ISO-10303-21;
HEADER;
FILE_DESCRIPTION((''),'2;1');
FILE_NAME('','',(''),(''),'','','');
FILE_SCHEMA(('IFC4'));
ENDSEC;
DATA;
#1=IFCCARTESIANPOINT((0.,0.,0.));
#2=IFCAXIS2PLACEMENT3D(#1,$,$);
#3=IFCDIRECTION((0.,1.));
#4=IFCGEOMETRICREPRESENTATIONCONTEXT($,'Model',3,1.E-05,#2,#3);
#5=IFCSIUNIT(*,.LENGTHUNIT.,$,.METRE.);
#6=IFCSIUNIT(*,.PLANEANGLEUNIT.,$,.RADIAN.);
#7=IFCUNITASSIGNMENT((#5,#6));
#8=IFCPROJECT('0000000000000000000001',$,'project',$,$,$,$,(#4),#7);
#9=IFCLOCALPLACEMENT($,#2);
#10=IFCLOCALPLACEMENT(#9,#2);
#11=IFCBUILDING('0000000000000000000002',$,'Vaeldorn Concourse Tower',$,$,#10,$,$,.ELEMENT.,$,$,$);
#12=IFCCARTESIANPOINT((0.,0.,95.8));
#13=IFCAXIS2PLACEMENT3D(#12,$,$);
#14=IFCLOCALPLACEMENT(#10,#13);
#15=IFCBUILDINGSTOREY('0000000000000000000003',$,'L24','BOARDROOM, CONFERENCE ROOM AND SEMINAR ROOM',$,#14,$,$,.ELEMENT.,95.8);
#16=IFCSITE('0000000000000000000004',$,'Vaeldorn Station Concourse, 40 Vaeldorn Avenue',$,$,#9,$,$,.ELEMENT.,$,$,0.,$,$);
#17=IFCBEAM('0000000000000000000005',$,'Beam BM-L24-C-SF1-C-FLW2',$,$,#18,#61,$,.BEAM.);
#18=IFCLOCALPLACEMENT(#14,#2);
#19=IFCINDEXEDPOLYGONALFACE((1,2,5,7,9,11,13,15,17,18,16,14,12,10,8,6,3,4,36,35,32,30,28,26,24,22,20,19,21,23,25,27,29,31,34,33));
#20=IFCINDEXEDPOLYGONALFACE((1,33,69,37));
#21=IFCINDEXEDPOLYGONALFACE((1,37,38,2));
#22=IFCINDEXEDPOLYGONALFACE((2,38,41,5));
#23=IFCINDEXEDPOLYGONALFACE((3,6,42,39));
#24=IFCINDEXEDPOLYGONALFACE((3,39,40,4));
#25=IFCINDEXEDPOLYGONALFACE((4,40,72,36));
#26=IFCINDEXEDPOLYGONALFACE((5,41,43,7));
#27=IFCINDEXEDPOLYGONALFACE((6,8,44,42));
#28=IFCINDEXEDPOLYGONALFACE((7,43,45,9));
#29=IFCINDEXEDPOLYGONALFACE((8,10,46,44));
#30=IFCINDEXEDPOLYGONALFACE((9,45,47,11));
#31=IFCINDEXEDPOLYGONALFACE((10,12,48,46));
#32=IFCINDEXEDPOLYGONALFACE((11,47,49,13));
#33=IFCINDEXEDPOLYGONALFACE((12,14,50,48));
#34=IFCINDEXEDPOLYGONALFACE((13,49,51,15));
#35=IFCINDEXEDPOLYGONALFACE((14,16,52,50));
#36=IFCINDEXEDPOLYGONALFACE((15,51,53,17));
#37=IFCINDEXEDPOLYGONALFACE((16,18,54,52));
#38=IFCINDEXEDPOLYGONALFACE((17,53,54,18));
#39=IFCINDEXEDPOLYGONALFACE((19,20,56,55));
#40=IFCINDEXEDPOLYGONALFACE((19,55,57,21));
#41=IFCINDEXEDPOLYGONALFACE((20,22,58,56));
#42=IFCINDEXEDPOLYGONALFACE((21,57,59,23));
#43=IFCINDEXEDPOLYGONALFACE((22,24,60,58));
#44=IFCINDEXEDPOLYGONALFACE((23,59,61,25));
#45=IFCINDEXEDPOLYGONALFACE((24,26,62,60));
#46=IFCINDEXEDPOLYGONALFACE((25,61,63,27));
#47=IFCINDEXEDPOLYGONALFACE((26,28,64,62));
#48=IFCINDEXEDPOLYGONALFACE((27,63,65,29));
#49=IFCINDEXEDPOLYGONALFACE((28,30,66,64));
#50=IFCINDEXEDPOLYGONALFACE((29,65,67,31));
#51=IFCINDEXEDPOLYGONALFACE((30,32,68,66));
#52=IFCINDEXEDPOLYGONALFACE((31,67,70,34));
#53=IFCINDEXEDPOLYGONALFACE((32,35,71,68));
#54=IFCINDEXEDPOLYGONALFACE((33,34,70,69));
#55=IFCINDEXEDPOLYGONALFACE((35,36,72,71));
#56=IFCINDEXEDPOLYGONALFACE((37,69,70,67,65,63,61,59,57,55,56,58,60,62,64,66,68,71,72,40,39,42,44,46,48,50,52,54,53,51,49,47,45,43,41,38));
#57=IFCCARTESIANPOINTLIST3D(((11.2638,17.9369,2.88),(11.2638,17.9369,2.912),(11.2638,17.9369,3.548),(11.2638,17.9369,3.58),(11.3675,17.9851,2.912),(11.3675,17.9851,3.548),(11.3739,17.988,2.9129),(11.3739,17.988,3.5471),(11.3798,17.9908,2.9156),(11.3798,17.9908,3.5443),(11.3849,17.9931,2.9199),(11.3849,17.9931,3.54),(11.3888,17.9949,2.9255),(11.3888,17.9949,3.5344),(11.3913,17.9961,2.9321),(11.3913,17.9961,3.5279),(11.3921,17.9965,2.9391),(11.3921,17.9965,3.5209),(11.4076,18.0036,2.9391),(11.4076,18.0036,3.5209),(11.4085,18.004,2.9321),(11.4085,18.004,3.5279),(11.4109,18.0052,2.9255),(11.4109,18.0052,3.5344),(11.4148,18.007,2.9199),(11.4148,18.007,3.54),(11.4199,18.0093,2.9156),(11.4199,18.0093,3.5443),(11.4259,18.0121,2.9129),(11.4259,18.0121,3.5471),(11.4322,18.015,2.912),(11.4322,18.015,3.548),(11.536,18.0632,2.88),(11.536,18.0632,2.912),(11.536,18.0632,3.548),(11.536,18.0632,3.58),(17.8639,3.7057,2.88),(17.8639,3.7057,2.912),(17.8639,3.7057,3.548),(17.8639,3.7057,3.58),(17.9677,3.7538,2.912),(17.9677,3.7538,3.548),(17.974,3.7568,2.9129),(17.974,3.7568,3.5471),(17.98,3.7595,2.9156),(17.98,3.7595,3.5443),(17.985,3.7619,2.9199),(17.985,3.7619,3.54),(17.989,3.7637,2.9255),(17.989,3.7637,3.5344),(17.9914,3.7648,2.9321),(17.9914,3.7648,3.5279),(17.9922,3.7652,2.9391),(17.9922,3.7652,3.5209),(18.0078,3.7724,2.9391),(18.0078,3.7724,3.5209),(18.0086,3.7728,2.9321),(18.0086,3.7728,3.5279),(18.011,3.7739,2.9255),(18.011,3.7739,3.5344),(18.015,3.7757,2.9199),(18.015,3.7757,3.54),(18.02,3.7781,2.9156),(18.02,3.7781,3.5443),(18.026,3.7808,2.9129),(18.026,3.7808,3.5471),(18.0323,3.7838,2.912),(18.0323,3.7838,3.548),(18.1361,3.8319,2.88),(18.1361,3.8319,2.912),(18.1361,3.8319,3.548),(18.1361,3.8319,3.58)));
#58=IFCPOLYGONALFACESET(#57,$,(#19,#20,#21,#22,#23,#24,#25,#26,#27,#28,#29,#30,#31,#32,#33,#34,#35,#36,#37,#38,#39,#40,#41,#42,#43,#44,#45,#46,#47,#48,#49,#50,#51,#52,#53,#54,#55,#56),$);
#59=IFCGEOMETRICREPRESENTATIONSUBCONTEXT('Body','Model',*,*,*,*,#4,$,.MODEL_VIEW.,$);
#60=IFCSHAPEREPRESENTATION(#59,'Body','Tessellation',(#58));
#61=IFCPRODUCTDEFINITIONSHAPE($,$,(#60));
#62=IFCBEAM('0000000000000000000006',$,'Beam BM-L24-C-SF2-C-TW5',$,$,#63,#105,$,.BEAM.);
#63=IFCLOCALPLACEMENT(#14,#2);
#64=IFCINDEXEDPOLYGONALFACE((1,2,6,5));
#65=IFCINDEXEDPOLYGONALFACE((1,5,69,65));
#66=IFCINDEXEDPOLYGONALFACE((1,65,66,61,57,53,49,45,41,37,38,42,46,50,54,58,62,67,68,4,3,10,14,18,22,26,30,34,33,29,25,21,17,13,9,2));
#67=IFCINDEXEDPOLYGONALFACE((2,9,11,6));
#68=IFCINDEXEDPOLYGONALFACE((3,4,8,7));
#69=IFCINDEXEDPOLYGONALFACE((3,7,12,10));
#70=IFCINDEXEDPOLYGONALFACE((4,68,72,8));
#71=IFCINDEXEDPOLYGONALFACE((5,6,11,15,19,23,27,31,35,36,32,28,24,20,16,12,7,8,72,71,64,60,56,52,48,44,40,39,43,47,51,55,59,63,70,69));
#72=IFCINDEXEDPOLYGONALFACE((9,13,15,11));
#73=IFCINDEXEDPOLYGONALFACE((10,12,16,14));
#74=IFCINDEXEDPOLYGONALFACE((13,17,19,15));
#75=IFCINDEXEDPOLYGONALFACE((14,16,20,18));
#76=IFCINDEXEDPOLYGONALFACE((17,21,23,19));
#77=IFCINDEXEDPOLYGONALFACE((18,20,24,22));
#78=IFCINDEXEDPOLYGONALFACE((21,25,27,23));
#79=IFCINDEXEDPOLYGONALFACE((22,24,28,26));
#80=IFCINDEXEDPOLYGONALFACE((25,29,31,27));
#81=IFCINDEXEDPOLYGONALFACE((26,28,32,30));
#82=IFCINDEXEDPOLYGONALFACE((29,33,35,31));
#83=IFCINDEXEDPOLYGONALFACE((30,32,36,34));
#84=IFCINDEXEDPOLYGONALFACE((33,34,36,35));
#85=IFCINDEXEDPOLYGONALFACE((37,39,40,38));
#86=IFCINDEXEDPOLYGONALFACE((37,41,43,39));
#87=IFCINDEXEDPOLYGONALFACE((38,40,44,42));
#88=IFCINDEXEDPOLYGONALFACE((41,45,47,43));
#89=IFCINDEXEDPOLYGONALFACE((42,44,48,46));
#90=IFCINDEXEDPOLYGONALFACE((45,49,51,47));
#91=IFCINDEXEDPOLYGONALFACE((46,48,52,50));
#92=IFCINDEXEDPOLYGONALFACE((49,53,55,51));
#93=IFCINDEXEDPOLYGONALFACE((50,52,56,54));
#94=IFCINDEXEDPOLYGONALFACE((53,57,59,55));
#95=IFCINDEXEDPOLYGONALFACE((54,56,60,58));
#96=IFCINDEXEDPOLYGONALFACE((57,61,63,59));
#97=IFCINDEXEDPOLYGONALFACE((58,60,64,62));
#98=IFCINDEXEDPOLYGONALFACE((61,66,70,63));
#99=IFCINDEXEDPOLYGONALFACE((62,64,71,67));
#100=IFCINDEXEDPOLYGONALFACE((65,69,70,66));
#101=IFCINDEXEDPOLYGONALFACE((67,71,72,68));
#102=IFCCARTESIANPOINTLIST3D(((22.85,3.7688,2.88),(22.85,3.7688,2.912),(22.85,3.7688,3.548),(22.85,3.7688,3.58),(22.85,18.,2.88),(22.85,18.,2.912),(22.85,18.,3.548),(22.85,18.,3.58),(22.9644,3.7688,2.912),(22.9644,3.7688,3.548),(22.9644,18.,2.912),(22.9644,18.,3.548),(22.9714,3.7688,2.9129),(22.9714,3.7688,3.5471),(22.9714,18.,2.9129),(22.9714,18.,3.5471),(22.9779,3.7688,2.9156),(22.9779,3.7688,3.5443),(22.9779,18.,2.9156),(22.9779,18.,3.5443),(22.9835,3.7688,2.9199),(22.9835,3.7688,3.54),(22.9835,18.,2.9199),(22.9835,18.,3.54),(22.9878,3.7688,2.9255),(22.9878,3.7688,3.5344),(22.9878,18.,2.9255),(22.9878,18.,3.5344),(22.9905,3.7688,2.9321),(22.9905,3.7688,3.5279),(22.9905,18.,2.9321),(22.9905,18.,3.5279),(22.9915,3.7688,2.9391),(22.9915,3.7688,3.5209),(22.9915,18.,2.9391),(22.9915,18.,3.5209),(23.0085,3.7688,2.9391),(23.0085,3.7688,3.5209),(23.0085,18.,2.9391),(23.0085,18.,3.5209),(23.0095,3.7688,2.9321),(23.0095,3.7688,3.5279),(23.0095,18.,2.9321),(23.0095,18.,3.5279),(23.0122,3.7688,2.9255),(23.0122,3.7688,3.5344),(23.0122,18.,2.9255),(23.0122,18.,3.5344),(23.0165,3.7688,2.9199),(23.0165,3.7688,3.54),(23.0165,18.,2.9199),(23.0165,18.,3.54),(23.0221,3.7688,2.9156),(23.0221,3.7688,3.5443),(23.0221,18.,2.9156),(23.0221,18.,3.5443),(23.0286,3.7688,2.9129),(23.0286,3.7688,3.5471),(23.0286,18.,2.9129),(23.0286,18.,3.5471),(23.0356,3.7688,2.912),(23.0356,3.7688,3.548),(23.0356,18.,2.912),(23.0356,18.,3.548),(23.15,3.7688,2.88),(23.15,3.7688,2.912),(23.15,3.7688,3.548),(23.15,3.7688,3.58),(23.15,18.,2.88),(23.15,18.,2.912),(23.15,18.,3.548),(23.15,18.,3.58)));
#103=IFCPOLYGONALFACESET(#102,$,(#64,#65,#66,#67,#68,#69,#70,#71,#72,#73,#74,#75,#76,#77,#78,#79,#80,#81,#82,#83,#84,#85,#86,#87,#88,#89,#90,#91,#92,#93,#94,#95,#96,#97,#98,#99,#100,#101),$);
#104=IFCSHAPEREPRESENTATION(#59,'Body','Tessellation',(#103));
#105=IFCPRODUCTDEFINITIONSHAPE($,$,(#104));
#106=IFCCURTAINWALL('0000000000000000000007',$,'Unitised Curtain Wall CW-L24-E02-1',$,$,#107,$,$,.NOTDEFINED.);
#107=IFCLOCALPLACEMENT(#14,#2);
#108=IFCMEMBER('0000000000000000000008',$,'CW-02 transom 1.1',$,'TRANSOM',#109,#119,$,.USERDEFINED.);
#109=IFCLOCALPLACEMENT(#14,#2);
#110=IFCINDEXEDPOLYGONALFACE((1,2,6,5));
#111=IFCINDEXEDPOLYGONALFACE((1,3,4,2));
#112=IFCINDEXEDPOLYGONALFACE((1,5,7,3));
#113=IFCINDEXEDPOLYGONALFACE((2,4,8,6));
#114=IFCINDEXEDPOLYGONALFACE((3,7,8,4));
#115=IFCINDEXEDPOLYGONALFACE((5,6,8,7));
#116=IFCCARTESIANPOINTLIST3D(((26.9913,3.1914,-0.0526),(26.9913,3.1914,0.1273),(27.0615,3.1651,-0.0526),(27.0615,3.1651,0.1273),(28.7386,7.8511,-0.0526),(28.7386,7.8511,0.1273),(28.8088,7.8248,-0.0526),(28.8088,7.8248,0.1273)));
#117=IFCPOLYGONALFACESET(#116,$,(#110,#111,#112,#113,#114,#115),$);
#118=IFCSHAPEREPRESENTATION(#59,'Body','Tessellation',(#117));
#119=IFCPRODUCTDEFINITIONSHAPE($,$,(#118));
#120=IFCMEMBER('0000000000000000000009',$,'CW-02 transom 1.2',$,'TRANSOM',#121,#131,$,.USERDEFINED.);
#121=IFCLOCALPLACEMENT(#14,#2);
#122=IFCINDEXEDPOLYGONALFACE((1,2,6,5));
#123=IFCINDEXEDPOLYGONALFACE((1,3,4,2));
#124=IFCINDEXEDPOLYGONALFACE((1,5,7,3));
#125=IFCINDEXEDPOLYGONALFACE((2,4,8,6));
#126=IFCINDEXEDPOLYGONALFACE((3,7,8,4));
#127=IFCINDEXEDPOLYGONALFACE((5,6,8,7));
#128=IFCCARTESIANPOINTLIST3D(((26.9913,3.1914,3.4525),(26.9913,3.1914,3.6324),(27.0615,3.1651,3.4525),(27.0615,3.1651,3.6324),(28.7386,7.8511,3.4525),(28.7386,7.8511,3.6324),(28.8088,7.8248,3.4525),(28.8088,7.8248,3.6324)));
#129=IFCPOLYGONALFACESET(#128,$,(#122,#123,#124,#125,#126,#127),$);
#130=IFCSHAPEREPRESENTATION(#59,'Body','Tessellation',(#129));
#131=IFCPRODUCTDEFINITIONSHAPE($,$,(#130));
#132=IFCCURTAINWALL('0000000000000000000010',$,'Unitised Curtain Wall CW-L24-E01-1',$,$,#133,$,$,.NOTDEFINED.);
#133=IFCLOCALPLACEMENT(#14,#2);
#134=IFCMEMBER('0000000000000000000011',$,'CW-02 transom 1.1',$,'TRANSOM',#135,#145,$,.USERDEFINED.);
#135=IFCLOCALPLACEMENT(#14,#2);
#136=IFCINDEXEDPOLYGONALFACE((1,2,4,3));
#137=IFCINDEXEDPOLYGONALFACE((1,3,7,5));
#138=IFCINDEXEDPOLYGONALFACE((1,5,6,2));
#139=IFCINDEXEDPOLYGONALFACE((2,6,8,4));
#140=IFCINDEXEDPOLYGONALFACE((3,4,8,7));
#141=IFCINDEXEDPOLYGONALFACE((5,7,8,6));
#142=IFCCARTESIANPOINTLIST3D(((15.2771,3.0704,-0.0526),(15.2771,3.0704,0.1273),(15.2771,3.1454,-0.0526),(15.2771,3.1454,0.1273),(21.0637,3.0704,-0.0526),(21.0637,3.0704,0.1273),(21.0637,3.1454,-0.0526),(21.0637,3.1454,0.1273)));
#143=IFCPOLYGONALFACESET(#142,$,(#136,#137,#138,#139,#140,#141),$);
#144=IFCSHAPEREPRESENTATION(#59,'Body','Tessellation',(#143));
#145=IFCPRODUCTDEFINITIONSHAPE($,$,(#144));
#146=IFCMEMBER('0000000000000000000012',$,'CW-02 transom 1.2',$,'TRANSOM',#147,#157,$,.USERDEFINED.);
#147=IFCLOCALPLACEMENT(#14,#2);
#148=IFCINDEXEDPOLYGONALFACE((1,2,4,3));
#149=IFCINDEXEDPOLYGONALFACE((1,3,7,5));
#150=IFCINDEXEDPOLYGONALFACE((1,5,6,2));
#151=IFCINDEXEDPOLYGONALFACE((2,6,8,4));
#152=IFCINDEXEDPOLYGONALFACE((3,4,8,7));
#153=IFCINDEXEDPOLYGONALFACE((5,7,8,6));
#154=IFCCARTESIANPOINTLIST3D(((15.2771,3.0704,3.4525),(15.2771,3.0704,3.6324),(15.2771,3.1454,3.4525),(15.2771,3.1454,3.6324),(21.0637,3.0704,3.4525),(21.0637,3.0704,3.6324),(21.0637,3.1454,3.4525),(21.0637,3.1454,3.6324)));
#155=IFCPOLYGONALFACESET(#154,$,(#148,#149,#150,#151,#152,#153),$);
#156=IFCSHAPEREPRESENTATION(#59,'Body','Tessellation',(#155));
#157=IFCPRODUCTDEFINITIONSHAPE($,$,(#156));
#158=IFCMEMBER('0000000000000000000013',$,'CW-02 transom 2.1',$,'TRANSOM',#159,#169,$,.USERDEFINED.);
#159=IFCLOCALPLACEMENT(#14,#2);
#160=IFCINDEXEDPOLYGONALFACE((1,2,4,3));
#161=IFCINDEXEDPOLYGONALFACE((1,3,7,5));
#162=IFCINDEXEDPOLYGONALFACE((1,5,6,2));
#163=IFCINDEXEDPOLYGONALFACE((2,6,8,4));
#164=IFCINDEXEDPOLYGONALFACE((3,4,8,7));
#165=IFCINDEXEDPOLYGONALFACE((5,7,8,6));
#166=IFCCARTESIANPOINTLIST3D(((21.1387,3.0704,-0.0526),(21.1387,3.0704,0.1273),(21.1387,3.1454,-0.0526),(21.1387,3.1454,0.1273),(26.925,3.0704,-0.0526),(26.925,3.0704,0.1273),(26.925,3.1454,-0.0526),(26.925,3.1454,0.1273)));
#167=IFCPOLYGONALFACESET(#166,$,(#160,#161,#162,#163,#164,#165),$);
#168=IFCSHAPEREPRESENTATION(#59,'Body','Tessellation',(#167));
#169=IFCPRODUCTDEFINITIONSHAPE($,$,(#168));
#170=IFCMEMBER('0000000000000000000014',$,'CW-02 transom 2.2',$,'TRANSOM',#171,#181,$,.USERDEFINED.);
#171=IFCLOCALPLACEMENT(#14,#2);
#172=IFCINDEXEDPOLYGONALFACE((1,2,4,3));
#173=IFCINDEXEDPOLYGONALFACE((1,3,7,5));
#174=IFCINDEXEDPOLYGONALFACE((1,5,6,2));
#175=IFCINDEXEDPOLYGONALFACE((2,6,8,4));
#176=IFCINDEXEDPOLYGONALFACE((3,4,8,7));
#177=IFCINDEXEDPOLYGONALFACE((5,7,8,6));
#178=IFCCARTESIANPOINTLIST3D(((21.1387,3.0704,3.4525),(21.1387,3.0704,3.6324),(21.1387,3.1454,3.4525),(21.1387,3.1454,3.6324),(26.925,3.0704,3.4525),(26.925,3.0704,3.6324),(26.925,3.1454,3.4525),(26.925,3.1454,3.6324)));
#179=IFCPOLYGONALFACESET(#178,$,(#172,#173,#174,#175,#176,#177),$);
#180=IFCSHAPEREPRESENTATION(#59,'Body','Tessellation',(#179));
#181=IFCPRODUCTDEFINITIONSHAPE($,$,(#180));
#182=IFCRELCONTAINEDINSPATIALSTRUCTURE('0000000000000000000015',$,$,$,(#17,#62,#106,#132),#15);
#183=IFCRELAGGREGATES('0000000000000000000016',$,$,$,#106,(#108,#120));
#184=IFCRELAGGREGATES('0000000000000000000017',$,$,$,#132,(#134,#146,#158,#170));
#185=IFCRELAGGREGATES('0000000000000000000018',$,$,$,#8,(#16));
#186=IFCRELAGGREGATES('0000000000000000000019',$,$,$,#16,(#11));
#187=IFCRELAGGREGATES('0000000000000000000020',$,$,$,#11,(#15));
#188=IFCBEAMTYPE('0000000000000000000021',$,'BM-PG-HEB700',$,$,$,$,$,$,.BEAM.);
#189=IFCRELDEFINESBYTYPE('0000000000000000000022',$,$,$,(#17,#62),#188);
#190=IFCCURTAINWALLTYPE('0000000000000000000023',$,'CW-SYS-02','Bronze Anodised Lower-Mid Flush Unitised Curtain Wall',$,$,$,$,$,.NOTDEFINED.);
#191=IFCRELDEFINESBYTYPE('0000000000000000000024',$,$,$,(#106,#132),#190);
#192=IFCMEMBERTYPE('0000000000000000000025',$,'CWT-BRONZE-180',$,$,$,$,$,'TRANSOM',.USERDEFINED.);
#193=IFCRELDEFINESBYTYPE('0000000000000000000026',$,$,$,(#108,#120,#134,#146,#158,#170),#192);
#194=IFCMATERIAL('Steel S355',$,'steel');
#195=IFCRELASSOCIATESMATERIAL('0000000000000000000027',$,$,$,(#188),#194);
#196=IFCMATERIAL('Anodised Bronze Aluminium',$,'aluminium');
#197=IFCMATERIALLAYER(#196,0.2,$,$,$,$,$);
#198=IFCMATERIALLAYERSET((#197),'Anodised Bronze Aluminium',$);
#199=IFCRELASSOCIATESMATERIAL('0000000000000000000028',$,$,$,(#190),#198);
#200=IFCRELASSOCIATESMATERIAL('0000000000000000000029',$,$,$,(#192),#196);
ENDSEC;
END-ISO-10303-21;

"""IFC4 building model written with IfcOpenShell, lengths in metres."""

from ifc_helpers import new_model, si_unit, direction, frame, origin, origin_2d, place, context, subcontext, project, spatial, rectangle, i_section, extrude, source, transform, mapped, material, layer, layer_set, material_profile, profile_set, type_object, element, aggregate, save


model = new_model("IFC4")

# Units and contexts
model_context = context("Model", 3, precision=1e-05, world=origin(), true_north=direction((0.0, 1.0)))
body_context = subcontext(model_context, "Body", "Model", "MODEL_VIEW")
ifc_project = project(units=[si_unit("LENGTHUNIT", "METRE"), si_unit("PLANEANGLEUNIT", "RADIAN")], contexts=[model_context])

# Site, building, storey
site_placement = place(None, origin())
site = spatial("IfcSite", under=ifc_project, at=site_placement, Name="Vaeldorn Station Concourse, 40 Vaeldorn Avenue", CompositionType="ELEMENT", RefElevation=0.0)
building_placement = place(site_placement, origin())
building = spatial("IfcBuilding", under=site, at=building_placement, Name="Vaeldorn Concourse Tower", CompositionType="ELEMENT")
storey_placement = place(building_placement, frame((0.0, 0.0, 95.8)))
storey = spatial("IfcBuildingStorey", under=building, at=storey_placement, Name="L24", Description="BOARDROOM, CONFERENCE ROOM AND SEMINAR ROOM", CompositionType="ELEMENT", Elevation=95.8)

# Beams
ifc_material_1 = material(Name="Steel S355", Category="steel")
ifc_material_profile_1 = material_profile(ifc_material_1, i_section(OverallWidth=0.3, OverallDepth=0.7, WebThickness=0.0171, FlangeThickness=0.032, FilletRadius=0.0271, at=origin_2d()), Name="HEB 700")
ifc_profile_set_1 = profile_set([ifc_material_profile_1], Name="Steel S355")
beam_type_1 = type_object("IfcBeamType", Name="BM-PG-HEB700", PredefinedType="BEAM", material=ifc_profile_set_1)
shared_shape_1 = source(origin(), body_context, "Body", "SweptSolid", [
    extrude(i_section(OverallWidth=0.3, OverallDepth=0.7, WebThickness=0.0171, FlangeThickness=0.032, FilletRadius=0.0271, at=origin_2d()), origin(), (0.0, 0.0, 1.0), 15.6873),
])
beam_1_placement = place(storey_placement, frame((18.0, 3.7688, 3.23), z_axis=(-0.420731, 0.907185, 0.0), x_axis=(-0.907185, -0.420731, 0.0)))
element("IfcBeam", 1, at=beam_1_placement, inside=storey, type_object=beam_type_1, Name="Beam BM-L24-C-SF1-C-FLW2", PredefinedType="BEAM", context=body_context, shape_type="MappedRepresentation", body=[
    mapped(shared_shape_1, transform((0.0, 0.0, 0.0), scale=1.0)),
])
shared_shape_2 = source(origin(), body_context, "Body", "SweptSolid", [
    extrude(i_section(OverallWidth=0.3, OverallDepth=0.7, WebThickness=0.0171, FlangeThickness=0.032, FilletRadius=0.0271, at=origin_2d()), origin(), (0.0, 0.0, 1.0), 14.2312),
])
beam_2_placement = place(storey_placement, frame((23.0, 3.7688, 3.23), z_axis=(0.0, 1.0, 0.0), x_axis=(-1.0, 0.0, 0.0)))
element("IfcBeam", 2, at=beam_2_placement, inside=storey, type_object=beam_type_1, Name="Beam BM-L24-C-SF2-C-TW5", PredefinedType="BEAM", context=body_context, shape_type="MappedRepresentation", body=[
    mapped(shared_shape_2, transform((0.0, 0.0, 0.0), scale=1.0)),
])

# Curtain walls, members
ifc_material_2 = material(Name="Anodised Bronze Aluminium", Category="aluminium")
ifc_layer_1 = layer(ifc_material_2, 0.2)
ifc_layer_set_1 = layer_set([ifc_layer_1], Name="Anodised Bronze Aluminium")
curtain_wall_type = type_object("IfcCurtainWallType", Name="CW-SYS-02", Description="Bronze Anodised Lower-Mid Flush Unitised Curtain Wall", PredefinedType="NOTDEFINED", material=ifc_layer_set_1)
curtain_wall_1_placement = place(storey_placement, origin())
curtain_wall_1 = element("IfcCurtainWall", 3, at=curtain_wall_1_placement, inside=storey, type_object=curtain_wall_type, Name="Unitised Curtain Wall CW-L24-E02-1", PredefinedType="NOTDEFINED")
ifc_material_profile_2 = material_profile(ifc_material_2, rectangle(XDim=0.075, YDim=0.1799, at=origin_2d()), Name="CWT 75x180")
ifc_profile_set_2 = profile_set([ifc_material_profile_2], Name="Anodised Bronze Aluminium")
member_type_1 = type_object("IfcMemberType", Name="CWT-BRONZE-180", ElementType="TRANSOM", PredefinedType="USERDEFINED", material=ifc_profile_set_2)
shared_shape_3 = source(origin(), body_context, "Body", "SweptSolid", [
    extrude(rectangle(XDim=0.075, YDim=0.1799, at=origin_2d()), origin(), (0.0, 0.0, 1.0), 4.9766),
])
member_1_placement = place(storey_placement, frame((27.0264, 3.1782, 0.0374), z_axis=(0.351113, 0.936333, 0.0), x_axis=(-0.936333, 0.351113, 0.0)))
member_1 = element("IfcMember", 4, at=member_1_placement, type_object=member_type_1, Name="CW-02 transom 1.1", ObjectType="TRANSOM", PredefinedType="USERDEFINED", context=body_context, shape_type="MappedRepresentation", body=[
    mapped(shared_shape_3, transform((0.0, 0.0, 0.0), scale=1.0)),
])
member_2_placement = place(storey_placement, frame((27.0264, 3.1782, 3.5425), z_axis=(0.351113, 0.936333, 0.0), x_axis=(-0.936333, 0.351113, 0.0)))
member_2 = element("IfcMember", 5, at=member_2_placement, type_object=member_type_1, Name="CW-02 transom 1.2", ObjectType="TRANSOM", PredefinedType="USERDEFINED", context=body_context, shape_type="MappedRepresentation", body=[
    mapped(shared_shape_3, transform((0.0, 0.0, 0.0), scale=1.0)),
])
curtain_wall_2_placement = place(storey_placement, origin())
curtain_wall_2 = element("IfcCurtainWall", 6, at=curtain_wall_2_placement, inside=storey, type_object=curtain_wall_type, Name="Unitised Curtain Wall CW-L24-E01-1", PredefinedType="NOTDEFINED")
shared_shape_4 = source(origin(), body_context, "Body", "SweptSolid", [
    extrude(rectangle(XDim=0.075, YDim=0.1799, at=origin_2d()), origin(), (0.0, 0.0, 1.0), 5.7866),
])
member_3_placement = place(storey_placement, frame((15.2771, 3.1079, 0.0374), z_axis=(1.0, 0.0, 0.0), x_axis=(0.0, 1.0, 0.0)))
member_3 = element("IfcMember", 7, at=member_3_placement, type_object=member_type_1, Name="CW-02 transom 1.1", ObjectType="TRANSOM", PredefinedType="USERDEFINED", context=body_context, shape_type="MappedRepresentation", body=[
    mapped(shared_shape_4, transform((0.0, 0.0, 0.0), scale=1.0)),
])
member_4_placement = place(storey_placement, frame((15.2771, 3.1079, 3.5425), z_axis=(1.0, 0.0, 0.0), x_axis=(0.0, 1.0, 0.0)))
member_4 = element("IfcMember", 8, at=member_4_placement, type_object=member_type_1, Name="CW-02 transom 1.2", ObjectType="TRANSOM", PredefinedType="USERDEFINED", context=body_context, shape_type="MappedRepresentation", body=[
    mapped(shared_shape_4, transform((0.0, 0.0, 0.0), scale=1.0)),
])
shared_shape_5 = source(origin(), body_context, "Body", "SweptSolid", [
    extrude(rectangle(XDim=0.075, YDim=0.1799, at=origin_2d()), origin(), (0.0, 0.0, 1.0), 5.7864),
])
member_5_placement = place(storey_placement, frame((21.1387, 3.1079, 0.0374), z_axis=(1.0, 0.0, 0.0), x_axis=(0.0, 1.0, 0.0)))
member_5 = element("IfcMember", 9, at=member_5_placement, type_object=member_type_1, Name="CW-02 transom 2.1", ObjectType="TRANSOM", PredefinedType="USERDEFINED", context=body_context, shape_type="MappedRepresentation", body=[
    mapped(shared_shape_5, transform((0.0, 0.0, 0.0), scale=1.0)),
])
member_6_placement = place(storey_placement, frame((21.1387, 3.1079, 3.5425), z_axis=(1.0, 0.0, 0.0), x_axis=(0.0, 1.0, 0.0)))
member_6 = element("IfcMember", 10, at=member_6_placement, type_object=member_type_1, Name="CW-02 transom 2.2", ObjectType="TRANSOM", PredefinedType="USERDEFINED", context=body_context, shape_type="MappedRepresentation", body=[
    mapped(shared_shape_5, transform((0.0, 0.0, 0.0), scale=1.0)),
])

aggregate(curtain_wall_1, [member_1, member_2])

aggregate(curtain_wall_2, [member_3, member_4, member_5, member_6])

save(model, "model.ifc")
